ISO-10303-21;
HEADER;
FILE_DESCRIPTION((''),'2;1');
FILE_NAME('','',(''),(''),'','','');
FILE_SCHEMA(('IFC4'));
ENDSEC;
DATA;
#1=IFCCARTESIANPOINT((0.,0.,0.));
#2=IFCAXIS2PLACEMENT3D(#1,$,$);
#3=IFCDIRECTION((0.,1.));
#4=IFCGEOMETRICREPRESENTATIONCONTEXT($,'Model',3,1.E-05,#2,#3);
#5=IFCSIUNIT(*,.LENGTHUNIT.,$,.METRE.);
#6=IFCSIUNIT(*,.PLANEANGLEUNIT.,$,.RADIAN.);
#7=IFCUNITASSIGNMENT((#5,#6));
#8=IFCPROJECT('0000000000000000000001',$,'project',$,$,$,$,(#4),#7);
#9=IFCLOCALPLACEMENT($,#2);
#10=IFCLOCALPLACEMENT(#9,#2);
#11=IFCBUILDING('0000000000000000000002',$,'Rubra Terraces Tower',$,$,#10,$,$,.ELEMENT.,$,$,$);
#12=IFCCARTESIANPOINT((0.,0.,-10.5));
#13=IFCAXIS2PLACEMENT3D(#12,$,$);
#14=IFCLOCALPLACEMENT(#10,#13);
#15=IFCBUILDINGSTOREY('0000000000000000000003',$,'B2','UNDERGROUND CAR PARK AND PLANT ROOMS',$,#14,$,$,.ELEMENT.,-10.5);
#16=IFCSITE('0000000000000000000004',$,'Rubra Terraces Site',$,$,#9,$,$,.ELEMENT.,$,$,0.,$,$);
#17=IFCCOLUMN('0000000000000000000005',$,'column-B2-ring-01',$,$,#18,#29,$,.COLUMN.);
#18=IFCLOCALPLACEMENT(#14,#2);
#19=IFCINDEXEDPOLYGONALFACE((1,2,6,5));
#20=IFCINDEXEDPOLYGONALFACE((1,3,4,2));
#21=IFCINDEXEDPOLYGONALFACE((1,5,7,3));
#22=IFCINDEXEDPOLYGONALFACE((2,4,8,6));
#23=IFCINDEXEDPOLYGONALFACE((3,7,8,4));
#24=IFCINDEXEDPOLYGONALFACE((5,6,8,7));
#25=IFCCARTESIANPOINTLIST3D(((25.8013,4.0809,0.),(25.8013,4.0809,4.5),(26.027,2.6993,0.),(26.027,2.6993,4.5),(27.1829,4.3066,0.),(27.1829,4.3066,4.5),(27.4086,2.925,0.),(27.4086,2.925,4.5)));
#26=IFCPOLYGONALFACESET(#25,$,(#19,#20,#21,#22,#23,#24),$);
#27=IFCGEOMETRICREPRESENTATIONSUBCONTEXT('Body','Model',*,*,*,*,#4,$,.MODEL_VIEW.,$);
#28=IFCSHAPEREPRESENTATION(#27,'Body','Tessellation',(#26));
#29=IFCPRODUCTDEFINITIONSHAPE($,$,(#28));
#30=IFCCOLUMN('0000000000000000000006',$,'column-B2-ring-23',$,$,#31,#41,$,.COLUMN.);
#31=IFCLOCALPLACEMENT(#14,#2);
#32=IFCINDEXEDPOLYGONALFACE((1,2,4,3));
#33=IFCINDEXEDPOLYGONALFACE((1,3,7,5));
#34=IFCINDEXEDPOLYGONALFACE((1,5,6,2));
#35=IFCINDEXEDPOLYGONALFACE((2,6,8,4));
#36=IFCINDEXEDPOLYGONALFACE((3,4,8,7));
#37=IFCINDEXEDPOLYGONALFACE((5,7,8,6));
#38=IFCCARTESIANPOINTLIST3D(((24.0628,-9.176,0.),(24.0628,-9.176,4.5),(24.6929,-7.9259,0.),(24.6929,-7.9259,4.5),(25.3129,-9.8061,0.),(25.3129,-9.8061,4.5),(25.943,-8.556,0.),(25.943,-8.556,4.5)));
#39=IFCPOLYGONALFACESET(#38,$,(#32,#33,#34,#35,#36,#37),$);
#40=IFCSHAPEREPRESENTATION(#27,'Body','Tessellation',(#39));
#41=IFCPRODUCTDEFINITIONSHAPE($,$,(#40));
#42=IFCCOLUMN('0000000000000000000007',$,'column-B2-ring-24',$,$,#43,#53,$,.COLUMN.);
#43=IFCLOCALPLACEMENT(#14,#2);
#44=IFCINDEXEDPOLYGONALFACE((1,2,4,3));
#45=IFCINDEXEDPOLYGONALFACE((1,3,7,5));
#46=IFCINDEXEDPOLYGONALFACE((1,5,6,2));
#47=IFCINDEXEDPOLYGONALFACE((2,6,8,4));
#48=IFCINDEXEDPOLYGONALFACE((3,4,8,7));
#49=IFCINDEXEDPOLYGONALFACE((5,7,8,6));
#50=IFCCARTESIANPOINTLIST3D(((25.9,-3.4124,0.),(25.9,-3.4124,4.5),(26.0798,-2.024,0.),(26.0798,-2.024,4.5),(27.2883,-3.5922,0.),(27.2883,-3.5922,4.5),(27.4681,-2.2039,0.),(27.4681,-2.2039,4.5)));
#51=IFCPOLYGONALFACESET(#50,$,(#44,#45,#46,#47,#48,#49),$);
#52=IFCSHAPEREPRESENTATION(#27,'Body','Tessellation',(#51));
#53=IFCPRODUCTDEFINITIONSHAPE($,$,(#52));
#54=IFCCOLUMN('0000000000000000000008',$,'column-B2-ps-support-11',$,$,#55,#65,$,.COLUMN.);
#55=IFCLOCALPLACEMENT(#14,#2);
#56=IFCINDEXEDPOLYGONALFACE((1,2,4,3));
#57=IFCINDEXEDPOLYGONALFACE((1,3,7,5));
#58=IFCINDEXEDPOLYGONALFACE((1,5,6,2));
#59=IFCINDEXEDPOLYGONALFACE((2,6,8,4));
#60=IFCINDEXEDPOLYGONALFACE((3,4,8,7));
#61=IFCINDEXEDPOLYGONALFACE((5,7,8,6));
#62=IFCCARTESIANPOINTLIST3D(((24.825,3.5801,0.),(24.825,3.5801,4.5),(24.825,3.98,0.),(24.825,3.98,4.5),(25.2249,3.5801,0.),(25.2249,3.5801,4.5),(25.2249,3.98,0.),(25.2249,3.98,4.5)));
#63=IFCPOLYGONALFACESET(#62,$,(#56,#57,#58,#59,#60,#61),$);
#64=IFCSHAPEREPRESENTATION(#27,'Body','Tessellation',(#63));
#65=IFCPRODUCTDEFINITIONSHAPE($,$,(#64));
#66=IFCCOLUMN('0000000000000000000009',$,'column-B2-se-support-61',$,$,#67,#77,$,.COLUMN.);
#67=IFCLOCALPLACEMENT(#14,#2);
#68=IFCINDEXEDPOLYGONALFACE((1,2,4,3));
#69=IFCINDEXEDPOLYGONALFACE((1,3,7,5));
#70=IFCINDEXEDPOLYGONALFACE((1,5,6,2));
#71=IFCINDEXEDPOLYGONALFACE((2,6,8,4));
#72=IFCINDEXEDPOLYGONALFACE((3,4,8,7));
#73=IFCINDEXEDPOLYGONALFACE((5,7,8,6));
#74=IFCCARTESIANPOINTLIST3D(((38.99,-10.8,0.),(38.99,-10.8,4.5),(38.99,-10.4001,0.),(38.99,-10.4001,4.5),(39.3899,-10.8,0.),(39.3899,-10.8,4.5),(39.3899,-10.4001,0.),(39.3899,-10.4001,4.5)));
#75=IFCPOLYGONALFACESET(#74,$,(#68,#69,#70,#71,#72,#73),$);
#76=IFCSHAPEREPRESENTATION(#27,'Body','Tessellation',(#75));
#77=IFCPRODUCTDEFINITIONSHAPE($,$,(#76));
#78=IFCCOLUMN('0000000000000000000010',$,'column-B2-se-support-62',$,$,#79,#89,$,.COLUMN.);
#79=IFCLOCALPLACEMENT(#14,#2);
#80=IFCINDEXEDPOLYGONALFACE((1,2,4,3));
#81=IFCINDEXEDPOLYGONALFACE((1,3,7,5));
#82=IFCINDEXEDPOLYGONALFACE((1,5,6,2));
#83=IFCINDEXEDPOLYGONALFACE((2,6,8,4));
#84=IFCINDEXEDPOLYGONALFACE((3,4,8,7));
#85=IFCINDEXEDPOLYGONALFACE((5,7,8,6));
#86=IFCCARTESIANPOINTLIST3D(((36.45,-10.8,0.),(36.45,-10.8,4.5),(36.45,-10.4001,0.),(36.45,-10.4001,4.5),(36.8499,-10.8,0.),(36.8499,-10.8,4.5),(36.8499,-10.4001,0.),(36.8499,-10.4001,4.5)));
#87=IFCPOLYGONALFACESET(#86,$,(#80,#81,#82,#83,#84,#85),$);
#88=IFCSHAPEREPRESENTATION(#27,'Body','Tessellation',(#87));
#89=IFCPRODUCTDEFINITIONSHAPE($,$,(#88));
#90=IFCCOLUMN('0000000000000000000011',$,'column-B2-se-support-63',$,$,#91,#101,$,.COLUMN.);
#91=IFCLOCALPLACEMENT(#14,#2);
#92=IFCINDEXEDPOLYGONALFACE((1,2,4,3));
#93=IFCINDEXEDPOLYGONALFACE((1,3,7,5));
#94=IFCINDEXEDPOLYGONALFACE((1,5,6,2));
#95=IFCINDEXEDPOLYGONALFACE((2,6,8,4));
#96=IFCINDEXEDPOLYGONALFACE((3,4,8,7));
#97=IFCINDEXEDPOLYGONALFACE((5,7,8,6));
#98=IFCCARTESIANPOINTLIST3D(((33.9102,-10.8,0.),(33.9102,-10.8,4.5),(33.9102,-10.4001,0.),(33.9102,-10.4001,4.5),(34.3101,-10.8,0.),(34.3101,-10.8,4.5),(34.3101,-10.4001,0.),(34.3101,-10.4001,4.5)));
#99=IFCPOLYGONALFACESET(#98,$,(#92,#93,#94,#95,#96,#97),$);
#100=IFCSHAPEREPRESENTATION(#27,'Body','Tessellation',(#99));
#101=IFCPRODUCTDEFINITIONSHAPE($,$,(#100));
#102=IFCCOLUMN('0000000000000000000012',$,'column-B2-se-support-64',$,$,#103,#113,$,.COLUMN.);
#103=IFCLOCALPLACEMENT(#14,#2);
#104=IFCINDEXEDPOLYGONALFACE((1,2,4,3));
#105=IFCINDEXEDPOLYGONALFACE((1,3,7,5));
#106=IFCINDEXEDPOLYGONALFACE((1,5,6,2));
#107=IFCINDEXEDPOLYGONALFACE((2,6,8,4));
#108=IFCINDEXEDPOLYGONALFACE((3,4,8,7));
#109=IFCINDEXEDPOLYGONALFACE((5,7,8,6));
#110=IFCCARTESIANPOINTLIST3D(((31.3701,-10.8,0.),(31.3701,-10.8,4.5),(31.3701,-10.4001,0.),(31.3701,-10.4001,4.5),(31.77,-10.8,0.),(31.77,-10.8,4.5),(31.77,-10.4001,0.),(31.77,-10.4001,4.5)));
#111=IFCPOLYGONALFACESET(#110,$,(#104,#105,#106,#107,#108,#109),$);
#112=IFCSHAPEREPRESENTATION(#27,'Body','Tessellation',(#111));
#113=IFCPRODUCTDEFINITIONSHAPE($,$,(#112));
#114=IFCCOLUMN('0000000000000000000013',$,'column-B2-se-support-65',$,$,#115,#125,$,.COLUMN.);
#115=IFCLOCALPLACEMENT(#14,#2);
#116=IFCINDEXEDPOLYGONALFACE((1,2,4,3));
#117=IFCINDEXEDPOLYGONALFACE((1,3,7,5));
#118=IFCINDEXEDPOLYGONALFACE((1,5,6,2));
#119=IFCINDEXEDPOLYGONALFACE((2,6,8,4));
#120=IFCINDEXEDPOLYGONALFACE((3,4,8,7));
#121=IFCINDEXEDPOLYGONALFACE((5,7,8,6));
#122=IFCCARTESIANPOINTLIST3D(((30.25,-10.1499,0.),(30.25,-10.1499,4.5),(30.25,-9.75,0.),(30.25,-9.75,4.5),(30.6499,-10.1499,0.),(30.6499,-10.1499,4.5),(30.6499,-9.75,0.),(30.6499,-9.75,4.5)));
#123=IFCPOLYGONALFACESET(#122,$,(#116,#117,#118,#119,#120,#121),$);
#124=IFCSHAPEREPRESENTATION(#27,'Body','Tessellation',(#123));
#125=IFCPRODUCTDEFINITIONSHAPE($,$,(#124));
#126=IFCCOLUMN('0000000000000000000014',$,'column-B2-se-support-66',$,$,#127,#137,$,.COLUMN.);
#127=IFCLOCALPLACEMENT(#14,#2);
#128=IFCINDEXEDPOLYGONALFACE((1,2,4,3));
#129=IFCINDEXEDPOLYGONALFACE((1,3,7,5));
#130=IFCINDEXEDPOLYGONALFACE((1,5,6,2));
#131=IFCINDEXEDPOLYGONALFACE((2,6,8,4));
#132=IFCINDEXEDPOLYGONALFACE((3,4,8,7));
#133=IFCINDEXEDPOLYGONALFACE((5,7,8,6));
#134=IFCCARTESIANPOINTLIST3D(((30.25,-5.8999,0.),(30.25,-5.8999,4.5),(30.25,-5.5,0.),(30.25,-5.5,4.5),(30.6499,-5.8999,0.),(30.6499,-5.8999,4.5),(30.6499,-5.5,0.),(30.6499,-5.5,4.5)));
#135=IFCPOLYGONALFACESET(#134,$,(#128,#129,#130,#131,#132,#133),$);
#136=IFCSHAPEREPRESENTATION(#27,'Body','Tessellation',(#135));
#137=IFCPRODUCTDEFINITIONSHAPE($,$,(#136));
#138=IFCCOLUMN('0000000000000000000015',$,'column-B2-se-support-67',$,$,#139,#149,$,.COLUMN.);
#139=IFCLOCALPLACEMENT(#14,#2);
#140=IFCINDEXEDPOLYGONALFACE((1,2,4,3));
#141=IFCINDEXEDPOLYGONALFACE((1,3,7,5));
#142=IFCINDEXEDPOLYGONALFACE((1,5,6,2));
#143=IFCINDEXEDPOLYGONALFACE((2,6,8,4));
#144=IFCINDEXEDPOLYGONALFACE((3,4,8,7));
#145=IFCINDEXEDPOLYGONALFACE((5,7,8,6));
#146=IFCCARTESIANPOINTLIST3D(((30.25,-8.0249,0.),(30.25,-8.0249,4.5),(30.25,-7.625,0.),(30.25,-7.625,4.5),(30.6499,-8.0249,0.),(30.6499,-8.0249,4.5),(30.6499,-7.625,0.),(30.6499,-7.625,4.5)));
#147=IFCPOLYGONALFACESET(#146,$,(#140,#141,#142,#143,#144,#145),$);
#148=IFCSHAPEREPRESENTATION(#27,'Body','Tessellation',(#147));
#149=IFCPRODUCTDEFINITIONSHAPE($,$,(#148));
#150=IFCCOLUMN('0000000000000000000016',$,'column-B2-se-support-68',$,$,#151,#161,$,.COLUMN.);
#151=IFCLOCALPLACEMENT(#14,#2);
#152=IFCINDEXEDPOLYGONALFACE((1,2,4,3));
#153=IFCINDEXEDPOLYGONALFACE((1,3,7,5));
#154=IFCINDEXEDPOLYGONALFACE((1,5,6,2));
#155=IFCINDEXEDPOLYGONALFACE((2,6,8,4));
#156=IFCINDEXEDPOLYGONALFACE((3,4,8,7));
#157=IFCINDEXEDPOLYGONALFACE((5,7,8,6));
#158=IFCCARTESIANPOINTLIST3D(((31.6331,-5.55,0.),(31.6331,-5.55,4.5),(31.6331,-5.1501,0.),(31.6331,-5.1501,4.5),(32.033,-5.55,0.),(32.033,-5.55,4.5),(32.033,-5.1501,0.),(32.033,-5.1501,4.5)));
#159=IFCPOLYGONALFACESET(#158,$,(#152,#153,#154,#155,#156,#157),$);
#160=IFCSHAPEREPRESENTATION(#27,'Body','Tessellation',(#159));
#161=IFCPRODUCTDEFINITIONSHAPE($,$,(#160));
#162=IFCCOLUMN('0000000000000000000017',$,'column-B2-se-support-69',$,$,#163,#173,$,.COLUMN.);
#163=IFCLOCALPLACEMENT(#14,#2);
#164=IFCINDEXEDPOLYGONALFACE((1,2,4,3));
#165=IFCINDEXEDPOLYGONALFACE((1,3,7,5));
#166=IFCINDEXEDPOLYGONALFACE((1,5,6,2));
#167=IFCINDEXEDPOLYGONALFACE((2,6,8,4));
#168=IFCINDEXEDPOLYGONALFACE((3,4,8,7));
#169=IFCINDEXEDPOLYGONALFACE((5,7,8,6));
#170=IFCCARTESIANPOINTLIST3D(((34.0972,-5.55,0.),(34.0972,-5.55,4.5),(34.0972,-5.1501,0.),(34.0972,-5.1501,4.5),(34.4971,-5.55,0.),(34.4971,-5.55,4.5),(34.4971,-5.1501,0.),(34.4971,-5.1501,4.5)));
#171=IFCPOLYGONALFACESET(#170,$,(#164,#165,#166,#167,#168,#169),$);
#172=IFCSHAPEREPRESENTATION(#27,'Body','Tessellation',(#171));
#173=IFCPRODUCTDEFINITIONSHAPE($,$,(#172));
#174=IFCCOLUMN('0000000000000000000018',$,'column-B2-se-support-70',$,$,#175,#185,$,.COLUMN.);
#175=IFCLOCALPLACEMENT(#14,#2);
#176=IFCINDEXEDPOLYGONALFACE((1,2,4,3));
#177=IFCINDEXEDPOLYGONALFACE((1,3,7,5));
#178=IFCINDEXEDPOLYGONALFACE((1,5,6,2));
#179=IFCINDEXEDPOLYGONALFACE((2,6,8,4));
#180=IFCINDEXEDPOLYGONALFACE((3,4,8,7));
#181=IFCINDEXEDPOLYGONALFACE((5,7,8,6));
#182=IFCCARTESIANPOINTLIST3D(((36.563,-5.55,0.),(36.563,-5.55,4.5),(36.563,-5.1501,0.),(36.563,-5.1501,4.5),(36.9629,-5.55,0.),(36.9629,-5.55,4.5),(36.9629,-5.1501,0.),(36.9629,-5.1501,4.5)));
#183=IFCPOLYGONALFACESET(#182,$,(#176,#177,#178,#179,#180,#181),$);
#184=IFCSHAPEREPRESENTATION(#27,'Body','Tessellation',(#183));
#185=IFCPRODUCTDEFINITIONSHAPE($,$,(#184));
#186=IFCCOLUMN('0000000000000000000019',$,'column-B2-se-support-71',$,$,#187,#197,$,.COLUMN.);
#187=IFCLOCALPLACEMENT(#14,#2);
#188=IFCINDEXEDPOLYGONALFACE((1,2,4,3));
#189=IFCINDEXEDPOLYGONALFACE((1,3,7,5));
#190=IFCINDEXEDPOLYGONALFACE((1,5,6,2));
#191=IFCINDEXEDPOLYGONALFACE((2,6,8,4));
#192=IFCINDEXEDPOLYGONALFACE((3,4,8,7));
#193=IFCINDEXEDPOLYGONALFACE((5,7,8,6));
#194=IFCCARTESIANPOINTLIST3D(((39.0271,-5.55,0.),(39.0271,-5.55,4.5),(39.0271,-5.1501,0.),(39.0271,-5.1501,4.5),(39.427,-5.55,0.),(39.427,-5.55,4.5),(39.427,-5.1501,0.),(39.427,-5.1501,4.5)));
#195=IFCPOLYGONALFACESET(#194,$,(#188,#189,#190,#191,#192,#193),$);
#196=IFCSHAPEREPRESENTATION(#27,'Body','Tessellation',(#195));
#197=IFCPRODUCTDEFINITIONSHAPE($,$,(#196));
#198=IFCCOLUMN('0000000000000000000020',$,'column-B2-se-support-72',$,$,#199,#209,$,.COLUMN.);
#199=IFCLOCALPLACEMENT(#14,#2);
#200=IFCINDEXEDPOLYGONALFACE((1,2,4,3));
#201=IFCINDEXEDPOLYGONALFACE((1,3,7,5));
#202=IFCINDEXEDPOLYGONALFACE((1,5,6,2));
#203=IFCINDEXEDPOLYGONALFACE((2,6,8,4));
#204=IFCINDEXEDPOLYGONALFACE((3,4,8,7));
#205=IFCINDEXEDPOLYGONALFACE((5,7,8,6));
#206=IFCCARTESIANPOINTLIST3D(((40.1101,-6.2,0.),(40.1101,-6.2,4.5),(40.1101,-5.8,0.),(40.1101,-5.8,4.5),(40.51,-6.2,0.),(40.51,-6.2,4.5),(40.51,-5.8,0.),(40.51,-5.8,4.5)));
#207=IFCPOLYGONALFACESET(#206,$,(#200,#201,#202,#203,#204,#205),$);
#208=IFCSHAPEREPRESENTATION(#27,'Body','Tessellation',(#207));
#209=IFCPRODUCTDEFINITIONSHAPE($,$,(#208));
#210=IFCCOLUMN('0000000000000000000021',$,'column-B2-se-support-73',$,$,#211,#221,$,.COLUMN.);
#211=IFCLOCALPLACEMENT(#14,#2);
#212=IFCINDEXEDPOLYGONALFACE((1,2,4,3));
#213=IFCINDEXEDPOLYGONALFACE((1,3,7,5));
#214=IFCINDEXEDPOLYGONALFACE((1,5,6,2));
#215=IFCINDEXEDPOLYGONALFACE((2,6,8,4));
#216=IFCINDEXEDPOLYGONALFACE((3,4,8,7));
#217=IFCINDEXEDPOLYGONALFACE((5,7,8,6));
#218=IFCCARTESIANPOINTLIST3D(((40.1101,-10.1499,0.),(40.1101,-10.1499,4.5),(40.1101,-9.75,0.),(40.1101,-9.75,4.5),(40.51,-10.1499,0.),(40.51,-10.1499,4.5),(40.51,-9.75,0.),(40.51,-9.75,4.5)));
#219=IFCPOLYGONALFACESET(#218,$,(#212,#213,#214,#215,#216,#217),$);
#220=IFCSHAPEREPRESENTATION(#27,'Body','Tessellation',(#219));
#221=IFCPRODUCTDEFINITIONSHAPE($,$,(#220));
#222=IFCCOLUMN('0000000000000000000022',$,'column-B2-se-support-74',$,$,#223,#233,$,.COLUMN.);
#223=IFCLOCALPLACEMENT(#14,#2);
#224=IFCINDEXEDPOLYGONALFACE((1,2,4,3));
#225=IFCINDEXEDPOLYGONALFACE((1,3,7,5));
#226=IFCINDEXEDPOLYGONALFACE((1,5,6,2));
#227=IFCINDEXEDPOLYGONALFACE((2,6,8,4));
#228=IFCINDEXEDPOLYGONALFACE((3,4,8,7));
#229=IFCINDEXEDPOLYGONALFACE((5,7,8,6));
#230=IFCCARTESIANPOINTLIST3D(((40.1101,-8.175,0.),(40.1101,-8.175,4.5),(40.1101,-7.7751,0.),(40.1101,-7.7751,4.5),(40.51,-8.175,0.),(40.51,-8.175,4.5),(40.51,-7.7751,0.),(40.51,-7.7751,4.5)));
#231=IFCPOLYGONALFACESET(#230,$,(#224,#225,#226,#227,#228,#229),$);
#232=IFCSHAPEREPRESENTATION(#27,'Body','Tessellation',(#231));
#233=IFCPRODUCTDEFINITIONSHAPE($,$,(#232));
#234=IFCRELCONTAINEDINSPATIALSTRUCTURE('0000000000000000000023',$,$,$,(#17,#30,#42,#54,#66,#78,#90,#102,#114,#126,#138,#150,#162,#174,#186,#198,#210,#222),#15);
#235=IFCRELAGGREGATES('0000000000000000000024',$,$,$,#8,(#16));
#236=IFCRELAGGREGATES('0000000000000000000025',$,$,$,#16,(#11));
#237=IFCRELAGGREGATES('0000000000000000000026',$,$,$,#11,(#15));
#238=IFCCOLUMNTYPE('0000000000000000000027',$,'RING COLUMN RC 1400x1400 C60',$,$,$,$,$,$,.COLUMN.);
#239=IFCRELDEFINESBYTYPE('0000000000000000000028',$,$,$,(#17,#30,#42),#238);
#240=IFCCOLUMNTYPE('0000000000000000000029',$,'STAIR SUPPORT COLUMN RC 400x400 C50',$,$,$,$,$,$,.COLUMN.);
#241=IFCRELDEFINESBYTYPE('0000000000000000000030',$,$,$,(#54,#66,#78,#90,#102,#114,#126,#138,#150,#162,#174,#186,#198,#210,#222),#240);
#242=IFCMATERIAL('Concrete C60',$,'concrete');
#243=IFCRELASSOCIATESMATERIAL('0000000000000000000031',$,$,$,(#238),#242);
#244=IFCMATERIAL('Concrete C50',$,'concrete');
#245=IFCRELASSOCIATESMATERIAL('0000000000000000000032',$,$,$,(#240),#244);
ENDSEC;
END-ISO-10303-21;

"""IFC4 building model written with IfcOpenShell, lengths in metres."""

from ifc_helpers import new_model, si_unit, direction, frame, origin, origin_2d, place, context, subcontext, project, spatial, rectangle, extrude, material, material_profile, profile_set, type_object, element, save


model = new_model("IFC4")

# Units and contexts
model_context = context("Model", 3, precision=1e-05, world=origin(), true_north=direction((0.0, 1.0)))
body_context = subcontext(model_context, "Body", "Model", "MODEL_VIEW")
ifc_project = project(units=[si_unit("LENGTHUNIT", "METRE"), si_unit("PLANEANGLEUNIT", "RADIAN")], contexts=[model_context])

# Site, building, storey
site_placement = place(None, origin())
site = spatial("IfcSite", under=ifc_project, at=site_placement, Name="Rubra Terraces Site", CompositionType="ELEMENT", RefElevation=0.0)
building_placement = place(site_placement, origin())
building = spatial("IfcBuilding", under=site, at=building_placement, Name="Rubra Terraces Tower", CompositionType="ELEMENT")
storey_placement = place(building_placement, frame((0.0, 0.0, -10.5)))
storey = spatial("IfcBuildingStorey", under=building, at=storey_placement, Name="B2", Description="UNDERGROUND CAR PARK AND PLANT ROOMS", CompositionType="ELEMENT", Elevation=-10.5)

# Columns
ifc_material_1 = material(Name="Concrete C60", Category="concrete")
ifc_material_profile_1 = material_profile(ifc_material_1, rectangle(XDim=1.3999, YDim=1.3999, at=origin_2d()), Name="RC 1400x1400")
ifc_profile_set_1 = profile_set([ifc_material_profile_1], Name="Concrete C60")
column_type_1 = type_object("IfcColumnType", Name="RING COLUMN RC 1400x1400 C60", PredefinedType="COLUMN", material=ifc_profile_set_1)
for number, where, z_axis, x_axis, name in (
    (1, (26.605, 3.5029, 0.0), (0.0, 0.0, 1.0), (-0.161234, 0.986916, 0.0), "column-B2-ring-01"),
    (2, (25.0029, -8.866, 0.0), (0.0, 0.0, 1.0), (0.450099, 0.892979, 0.0), "column-B2-ring-23"),
    (3, (26.6841, -2.8081, 0.0), (0.0, 0.0, 1.0), (0.128445, 0.991717, 0.0), "column-B2-ring-24"),
):
    element("IfcColumn", number, at=place(storey_placement, frame(where, z_axis=z_axis, x_axis=x_axis)), inside=storey, type_object=column_type_1, Name=name, PredefinedType="COLUMN", context=body_context, shape_type="SweptSolid", body=[
        extrude(rectangle(XDim=1.3999, YDim=1.3999, at=origin_2d()), origin(), (0.0, 0.0, 1.0), 4.5),
    ])
ifc_material_2 = material(Name="Concrete C50", Category="concrete")
ifc_material_profile_2 = material_profile(ifc_material_2, rectangle(XDim=0.3999, YDim=0.3999, at=origin_2d()), Name="RC 400x400")
ifc_profile_set_2 = profile_set([ifc_material_profile_2], Name="Concrete C50")
column_type_2 = type_object("IfcColumnType", Name="STAIR SUPPORT COLUMN RC 400x400 C50", PredefinedType="COLUMN", material=ifc_profile_set_2)
for number, where, z_axis, x_axis, name in (
    (4, (25.0249, 3.78, 0.0), (0.0, 0.0, 1.0), (1.0, 0.0, 0.0), "column-B2-ps-support-11"),
    (5, (39.1899, -10.6001, 0.0), (0.0, 0.0, 1.0), (1.0, 0.0, 0.0), "column-B2-se-support-61"),
    (6, (36.6499, -10.6001, 0.0), (0.0, 0.0, 1.0), (1.0, 0.0, 0.0), "column-B2-se-support-62"),
    (7, (34.1101, -10.6001, 0.0), (0.0, 0.0, 1.0), (1.0, 0.0, 0.0), "column-B2-se-support-63"),
    (8, (31.5701, -10.6001, 0.0), (0.0, 0.0, 1.0), (1.0, 0.0, 0.0), "column-B2-se-support-64"),
    (9, (30.45, -9.95, 0.0), (0.0, 0.0, 1.0), (1.0, 0.0, 0.0), "column-B2-se-support-65"),
    (10, (30.45, -5.7, 0.0), (0.0, 0.0, 1.0), (1.0, 0.0, 0.0), "column-B2-se-support-66"),
    (11, (30.45, -7.825, 0.0), (0.0, 0.0, 1.0), (1.0, 0.0, 0.0), "column-B2-se-support-67"),
    (12, (31.833, -5.3501, 0.0), (0.0, 0.0, 1.0), (1.0, 0.0, 0.0), "column-B2-se-support-68"),
    (13, (34.2971, -5.3501, 0.0), (0.0, 0.0, 1.0), (1.0, 0.0, 0.0), "column-B2-se-support-69"),
    (14, (36.7629, -5.3501, 0.0), (0.0, 0.0, 1.0), (1.0, 0.0, 0.0), "column-B2-se-support-70"),
    (15, (39.2271, -5.3501, 0.0), (0.0, 0.0, 1.0), (1.0, 0.0, 0.0), "column-B2-se-support-71"),
    (16, (40.3101, -6.0, 0.0), (0.0, 0.0, 1.0), (1.0, 0.0, 0.0), "column-B2-se-support-72"),
    (17, (40.3101, -9.95, 0.0), (0.0, 0.0, 1.0), (1.0, 0.0, 0.0), "column-B2-se-support-73"),
    (18, (40.3101, -7.9751, 0.0), (0.0, 0.0, 1.0), (1.0, 0.0, 0.0), "column-B2-se-support-74"),
):
    element("IfcColumn", number, at=place(storey_placement, frame(where, z_axis=z_axis, x_axis=x_axis)), inside=storey, type_object=column_type_2, Name=name, PredefinedType="COLUMN", context=body_context, shape_type="SweptSolid", body=[
        extrude(rectangle(XDim=0.3999, YDim=0.3999, at=origin_2d()), origin(), (0.0, 0.0, 1.0), 4.5),
    ])

save(model, "model.ifc")
